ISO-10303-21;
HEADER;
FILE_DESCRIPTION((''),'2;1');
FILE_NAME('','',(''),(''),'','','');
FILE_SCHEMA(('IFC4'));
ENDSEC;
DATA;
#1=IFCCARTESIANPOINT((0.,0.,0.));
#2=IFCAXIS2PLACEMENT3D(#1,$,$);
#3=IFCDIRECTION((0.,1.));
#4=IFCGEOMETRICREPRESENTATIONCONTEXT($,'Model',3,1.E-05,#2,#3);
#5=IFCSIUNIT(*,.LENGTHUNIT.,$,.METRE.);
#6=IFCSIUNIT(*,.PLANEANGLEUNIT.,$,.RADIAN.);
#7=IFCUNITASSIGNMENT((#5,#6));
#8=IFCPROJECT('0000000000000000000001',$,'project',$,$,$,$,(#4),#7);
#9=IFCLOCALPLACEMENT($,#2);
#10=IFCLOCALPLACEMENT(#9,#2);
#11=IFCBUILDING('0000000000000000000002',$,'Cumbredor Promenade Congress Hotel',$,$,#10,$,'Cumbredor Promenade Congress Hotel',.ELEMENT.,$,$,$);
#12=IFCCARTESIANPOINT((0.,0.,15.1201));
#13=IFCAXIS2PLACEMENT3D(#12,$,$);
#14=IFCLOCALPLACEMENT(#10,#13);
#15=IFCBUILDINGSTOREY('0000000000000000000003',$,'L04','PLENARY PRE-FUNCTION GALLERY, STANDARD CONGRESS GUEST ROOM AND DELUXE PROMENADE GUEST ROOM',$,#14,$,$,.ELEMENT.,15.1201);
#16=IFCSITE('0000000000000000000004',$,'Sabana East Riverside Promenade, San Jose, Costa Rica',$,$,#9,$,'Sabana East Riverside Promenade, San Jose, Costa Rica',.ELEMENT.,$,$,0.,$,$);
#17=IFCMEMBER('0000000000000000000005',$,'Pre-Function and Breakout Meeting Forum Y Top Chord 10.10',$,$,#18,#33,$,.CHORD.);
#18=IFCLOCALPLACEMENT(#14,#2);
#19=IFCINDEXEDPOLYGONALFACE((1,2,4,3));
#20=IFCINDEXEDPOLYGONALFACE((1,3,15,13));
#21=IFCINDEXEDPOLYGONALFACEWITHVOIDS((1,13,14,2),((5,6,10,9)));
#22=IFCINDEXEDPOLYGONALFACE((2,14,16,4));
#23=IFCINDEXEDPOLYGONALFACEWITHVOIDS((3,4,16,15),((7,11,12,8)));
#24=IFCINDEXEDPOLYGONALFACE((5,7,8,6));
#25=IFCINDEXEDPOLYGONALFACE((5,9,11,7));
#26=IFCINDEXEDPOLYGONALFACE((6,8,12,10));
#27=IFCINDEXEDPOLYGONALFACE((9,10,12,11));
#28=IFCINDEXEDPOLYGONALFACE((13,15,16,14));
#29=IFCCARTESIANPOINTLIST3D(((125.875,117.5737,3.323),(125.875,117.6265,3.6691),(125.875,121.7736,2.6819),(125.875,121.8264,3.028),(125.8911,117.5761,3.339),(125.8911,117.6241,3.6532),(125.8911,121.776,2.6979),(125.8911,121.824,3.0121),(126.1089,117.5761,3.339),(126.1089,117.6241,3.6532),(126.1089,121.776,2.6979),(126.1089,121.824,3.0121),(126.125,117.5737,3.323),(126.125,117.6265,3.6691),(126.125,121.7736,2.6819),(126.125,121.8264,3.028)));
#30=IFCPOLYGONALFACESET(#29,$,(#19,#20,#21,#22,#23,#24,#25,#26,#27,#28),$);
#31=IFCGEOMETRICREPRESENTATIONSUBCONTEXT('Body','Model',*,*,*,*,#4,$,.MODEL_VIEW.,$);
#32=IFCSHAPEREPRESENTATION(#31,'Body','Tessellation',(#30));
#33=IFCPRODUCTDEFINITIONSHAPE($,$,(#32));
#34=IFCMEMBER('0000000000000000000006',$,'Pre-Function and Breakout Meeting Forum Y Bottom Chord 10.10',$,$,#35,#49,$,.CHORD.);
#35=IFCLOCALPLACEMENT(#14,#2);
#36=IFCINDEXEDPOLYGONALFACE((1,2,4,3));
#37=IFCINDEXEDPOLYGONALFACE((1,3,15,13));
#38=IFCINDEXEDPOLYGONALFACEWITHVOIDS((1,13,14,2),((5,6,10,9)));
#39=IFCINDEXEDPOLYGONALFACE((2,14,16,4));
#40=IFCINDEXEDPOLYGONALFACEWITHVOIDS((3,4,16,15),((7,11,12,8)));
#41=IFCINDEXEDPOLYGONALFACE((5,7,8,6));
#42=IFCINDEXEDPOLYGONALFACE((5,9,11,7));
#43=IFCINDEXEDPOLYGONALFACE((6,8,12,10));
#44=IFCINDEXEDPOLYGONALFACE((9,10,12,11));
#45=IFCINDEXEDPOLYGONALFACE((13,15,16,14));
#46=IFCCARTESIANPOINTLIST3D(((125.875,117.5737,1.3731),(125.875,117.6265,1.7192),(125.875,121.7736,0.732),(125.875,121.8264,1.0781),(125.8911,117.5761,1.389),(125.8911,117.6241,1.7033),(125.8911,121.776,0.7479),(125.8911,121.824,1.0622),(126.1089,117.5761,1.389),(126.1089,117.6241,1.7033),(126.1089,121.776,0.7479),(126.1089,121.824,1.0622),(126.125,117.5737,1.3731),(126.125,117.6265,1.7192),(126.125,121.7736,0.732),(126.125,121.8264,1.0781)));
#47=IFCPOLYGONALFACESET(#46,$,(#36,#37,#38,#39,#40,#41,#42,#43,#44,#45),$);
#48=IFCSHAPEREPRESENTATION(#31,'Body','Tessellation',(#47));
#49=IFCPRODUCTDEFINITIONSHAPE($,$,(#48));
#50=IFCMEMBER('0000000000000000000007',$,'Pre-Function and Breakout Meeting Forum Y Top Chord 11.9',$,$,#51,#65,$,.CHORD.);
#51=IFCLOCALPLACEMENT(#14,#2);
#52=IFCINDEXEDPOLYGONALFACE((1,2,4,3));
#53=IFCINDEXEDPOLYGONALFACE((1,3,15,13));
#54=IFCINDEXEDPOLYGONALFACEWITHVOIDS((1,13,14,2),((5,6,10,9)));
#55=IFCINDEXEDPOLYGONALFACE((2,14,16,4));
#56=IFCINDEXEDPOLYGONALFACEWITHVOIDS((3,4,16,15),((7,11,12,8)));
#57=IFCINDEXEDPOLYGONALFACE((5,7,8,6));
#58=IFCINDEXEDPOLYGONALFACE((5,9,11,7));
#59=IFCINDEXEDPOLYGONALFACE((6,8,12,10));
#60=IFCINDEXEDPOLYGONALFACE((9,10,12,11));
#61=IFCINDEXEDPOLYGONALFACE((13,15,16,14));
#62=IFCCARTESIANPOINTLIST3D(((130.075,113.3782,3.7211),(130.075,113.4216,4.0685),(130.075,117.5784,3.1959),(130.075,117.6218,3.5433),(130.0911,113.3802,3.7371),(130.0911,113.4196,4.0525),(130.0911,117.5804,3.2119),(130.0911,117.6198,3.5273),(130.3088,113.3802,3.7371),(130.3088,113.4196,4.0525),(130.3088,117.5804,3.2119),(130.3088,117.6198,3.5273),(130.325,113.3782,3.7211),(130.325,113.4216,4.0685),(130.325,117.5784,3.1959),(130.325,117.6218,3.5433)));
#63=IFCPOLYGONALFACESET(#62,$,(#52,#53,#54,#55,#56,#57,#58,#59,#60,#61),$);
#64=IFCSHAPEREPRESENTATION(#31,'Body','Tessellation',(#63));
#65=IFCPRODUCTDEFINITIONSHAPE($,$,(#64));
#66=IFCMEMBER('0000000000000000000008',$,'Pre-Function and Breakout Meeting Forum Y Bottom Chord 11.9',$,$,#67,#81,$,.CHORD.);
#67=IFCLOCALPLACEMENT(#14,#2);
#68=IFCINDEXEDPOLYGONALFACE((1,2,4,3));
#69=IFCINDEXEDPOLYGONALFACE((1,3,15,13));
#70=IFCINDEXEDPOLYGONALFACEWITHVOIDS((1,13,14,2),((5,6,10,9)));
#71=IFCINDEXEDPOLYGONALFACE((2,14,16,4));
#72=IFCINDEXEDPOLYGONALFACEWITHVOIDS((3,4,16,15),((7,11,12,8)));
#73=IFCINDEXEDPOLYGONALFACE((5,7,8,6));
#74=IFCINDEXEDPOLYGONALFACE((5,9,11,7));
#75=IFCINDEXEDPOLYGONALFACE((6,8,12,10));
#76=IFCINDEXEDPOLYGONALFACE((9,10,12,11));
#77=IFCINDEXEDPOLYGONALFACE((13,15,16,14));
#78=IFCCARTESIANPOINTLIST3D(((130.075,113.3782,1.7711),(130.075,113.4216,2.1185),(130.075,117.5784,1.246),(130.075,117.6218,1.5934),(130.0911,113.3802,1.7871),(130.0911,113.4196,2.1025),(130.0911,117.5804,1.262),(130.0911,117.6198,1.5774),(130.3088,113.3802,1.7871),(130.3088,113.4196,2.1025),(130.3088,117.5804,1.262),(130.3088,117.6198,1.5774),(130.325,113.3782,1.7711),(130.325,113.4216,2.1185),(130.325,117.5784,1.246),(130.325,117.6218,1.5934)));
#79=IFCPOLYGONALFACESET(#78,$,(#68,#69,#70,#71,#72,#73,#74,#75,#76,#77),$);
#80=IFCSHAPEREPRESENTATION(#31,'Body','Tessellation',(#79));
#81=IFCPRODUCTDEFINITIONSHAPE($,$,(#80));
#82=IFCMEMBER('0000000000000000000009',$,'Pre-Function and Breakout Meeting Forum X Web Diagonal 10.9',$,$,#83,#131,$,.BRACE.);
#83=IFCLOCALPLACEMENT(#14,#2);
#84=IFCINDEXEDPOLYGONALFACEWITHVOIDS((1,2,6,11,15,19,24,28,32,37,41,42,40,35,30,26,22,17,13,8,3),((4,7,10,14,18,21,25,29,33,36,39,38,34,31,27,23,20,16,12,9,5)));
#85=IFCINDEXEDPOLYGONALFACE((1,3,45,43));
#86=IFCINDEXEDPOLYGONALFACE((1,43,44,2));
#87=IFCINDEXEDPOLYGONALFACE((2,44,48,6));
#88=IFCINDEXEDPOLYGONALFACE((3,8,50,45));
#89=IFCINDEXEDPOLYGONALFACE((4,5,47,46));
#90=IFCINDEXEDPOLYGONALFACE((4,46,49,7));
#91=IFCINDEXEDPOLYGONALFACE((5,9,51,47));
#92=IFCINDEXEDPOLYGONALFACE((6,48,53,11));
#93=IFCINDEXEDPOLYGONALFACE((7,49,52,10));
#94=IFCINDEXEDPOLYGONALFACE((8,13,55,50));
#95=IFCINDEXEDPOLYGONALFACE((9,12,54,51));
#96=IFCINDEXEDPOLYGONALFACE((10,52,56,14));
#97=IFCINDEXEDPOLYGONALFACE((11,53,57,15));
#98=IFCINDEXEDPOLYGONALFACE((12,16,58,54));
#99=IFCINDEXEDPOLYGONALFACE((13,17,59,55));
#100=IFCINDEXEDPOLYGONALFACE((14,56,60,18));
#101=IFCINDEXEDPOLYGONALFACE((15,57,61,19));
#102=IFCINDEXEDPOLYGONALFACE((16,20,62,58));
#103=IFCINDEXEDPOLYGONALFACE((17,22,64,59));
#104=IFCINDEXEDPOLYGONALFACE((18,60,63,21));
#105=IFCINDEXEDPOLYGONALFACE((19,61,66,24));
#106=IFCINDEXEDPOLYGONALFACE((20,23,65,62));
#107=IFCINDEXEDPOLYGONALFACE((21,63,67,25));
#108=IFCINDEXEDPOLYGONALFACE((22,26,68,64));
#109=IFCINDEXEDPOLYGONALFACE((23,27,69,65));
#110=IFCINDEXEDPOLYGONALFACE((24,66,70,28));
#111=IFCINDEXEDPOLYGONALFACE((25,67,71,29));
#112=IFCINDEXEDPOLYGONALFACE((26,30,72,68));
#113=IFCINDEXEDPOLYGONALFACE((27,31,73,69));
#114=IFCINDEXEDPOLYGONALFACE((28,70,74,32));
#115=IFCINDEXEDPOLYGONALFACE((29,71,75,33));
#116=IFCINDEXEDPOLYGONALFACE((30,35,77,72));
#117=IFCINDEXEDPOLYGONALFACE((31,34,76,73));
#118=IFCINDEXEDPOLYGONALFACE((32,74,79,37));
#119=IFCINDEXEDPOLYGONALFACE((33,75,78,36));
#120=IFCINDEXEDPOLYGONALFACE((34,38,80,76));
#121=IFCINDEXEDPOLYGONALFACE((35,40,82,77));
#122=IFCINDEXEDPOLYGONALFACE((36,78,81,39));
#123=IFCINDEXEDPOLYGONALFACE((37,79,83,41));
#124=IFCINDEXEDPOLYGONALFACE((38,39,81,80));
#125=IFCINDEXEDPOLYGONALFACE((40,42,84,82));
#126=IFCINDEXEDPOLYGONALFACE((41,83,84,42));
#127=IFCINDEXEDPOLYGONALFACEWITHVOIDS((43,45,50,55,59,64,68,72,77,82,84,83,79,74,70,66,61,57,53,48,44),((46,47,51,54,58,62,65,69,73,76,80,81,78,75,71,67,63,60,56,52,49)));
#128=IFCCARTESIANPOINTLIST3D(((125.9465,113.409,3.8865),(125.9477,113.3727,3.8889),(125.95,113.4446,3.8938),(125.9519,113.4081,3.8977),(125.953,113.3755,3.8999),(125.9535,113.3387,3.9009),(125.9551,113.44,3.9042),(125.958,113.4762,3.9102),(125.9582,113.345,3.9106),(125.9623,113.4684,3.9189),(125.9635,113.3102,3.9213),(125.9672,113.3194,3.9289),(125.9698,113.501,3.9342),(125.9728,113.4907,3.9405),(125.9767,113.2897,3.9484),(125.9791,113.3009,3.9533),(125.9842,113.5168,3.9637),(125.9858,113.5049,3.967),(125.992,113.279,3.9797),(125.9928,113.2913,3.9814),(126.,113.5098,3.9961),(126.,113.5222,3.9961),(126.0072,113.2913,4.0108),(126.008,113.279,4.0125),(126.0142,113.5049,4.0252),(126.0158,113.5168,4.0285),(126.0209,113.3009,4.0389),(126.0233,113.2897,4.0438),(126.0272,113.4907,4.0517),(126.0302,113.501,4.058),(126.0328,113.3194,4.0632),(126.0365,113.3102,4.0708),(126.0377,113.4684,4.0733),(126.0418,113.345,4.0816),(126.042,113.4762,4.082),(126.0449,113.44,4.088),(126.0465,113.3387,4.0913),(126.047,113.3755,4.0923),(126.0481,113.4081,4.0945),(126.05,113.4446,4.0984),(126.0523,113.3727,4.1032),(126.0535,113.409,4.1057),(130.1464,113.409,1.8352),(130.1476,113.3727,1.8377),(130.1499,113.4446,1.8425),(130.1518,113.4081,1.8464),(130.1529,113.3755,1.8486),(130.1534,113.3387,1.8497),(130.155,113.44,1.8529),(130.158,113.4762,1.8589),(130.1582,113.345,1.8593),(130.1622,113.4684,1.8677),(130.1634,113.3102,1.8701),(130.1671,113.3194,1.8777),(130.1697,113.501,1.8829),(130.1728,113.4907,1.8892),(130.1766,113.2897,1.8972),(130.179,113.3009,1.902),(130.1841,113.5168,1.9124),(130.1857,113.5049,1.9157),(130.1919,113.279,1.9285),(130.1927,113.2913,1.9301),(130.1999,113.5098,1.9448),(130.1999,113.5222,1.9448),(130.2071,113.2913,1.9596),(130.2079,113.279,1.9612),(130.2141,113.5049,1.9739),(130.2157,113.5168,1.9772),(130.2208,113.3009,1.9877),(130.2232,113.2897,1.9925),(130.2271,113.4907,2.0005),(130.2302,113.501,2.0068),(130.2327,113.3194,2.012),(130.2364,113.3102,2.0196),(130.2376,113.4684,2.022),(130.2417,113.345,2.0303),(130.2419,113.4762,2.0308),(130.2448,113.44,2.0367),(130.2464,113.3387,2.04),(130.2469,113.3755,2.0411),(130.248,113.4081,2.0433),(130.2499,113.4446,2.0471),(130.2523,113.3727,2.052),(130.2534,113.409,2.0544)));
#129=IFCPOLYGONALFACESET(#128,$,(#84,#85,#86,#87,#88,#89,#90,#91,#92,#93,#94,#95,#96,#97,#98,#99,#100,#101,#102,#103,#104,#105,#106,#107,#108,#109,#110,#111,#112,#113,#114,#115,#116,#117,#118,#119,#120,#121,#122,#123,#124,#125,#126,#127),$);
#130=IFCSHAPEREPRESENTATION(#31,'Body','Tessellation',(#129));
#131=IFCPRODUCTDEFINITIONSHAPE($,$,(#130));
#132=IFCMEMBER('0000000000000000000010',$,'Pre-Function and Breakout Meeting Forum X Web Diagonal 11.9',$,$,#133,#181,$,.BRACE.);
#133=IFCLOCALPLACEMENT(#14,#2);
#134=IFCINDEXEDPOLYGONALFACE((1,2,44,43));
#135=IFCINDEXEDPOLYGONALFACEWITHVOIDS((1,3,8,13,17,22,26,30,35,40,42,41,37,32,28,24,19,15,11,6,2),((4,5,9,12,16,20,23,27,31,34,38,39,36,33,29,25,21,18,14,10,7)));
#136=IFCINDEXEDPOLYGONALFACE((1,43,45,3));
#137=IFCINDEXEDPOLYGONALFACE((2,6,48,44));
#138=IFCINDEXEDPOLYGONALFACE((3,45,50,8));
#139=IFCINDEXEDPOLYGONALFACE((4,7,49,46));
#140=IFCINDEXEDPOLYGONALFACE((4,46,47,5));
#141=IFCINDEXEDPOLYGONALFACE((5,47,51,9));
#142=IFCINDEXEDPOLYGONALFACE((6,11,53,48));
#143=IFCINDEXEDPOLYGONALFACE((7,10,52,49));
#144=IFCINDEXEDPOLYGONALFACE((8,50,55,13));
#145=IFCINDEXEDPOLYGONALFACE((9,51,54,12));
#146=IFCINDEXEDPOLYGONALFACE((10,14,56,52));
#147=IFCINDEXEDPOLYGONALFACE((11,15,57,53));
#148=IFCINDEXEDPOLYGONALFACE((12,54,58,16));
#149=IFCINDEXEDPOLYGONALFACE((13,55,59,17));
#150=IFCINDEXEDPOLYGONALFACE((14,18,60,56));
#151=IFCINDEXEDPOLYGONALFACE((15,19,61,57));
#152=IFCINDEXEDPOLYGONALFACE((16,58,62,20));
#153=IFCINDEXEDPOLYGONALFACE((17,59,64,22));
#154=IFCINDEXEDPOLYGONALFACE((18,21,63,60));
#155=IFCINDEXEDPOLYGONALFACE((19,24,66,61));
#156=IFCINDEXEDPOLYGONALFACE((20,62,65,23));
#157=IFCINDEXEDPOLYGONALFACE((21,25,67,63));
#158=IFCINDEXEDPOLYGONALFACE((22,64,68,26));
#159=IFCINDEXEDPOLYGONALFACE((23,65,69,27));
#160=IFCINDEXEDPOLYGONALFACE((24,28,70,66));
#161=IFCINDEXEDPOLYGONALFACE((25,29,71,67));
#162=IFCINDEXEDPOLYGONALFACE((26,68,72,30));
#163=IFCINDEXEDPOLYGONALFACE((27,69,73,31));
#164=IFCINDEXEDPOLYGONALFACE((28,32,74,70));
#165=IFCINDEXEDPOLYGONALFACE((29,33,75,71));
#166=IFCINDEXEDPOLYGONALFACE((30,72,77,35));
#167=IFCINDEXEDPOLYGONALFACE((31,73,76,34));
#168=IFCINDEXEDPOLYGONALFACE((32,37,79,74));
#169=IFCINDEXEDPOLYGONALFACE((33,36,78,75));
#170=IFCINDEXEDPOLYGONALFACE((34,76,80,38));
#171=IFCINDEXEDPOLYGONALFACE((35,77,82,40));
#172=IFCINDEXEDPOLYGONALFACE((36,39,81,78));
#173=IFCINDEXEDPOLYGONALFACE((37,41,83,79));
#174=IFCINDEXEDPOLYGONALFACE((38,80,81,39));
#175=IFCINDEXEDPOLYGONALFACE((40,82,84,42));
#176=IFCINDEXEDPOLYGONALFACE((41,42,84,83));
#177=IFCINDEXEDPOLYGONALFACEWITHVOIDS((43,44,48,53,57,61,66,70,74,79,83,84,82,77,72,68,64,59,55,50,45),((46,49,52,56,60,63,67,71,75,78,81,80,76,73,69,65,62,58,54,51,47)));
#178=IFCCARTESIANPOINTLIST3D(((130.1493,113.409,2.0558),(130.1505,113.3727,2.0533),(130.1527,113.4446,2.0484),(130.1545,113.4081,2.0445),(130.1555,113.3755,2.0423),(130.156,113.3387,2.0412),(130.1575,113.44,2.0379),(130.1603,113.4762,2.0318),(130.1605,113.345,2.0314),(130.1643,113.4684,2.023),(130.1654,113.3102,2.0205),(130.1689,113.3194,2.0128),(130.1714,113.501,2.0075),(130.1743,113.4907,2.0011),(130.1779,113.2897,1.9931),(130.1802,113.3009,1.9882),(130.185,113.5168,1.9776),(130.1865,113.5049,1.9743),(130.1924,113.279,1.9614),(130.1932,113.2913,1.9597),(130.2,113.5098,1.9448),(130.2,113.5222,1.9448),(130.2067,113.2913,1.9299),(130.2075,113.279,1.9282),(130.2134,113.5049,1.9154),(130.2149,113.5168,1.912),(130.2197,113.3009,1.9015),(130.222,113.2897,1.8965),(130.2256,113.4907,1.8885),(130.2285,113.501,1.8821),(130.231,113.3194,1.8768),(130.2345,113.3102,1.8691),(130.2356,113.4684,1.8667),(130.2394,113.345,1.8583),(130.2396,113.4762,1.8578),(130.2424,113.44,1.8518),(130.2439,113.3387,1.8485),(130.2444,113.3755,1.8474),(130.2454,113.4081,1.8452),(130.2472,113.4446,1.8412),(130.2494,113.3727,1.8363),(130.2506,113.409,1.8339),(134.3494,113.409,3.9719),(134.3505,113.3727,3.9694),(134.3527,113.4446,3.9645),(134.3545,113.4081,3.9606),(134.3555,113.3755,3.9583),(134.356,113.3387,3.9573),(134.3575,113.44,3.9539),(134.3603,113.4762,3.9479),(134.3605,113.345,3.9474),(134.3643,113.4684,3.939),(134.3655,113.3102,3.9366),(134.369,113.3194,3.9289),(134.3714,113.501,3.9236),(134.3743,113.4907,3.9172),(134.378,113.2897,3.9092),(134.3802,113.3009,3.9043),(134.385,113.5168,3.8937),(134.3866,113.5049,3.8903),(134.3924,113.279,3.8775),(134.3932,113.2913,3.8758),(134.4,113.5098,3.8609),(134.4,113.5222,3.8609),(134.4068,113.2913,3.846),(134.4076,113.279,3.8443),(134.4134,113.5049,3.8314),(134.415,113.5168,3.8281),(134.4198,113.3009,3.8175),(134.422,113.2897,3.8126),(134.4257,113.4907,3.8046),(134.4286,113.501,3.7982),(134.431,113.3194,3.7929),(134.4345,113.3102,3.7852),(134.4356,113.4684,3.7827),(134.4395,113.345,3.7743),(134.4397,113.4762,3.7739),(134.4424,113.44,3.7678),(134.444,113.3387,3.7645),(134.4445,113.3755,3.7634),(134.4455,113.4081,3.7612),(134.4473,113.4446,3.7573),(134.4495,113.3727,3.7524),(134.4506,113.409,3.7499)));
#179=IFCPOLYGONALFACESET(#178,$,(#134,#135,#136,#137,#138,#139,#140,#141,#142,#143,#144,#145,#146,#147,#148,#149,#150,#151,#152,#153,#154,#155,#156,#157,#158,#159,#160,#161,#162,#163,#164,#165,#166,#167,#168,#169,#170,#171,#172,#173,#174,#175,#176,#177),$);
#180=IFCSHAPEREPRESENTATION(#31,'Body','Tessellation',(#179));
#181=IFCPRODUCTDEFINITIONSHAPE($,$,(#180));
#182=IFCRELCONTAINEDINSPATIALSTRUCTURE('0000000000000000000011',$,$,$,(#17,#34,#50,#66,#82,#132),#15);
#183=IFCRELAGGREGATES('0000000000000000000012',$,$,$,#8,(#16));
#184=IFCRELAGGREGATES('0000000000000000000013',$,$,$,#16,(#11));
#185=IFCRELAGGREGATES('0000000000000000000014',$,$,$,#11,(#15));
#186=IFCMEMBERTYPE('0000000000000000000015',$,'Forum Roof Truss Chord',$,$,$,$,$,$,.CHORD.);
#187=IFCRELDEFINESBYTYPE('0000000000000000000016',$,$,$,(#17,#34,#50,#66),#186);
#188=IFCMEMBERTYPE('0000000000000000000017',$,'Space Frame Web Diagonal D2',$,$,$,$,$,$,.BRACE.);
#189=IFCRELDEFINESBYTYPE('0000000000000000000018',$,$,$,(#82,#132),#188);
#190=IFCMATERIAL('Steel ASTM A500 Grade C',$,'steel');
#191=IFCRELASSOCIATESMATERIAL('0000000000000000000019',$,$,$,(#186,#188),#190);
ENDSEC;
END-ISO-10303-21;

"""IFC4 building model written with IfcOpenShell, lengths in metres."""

from ifc_helpers import new_model, si_unit, direction, frame, origin, origin_2d, place, context, subcontext, project, spatial, hollow_rectangle, hollow_circle, extrude, material, material_profile, profile_set, type_object, element, save


model = new_model("IFC4")

# Units and contexts
model_context = context("Model", 3, precision=1e-05, world=origin(), true_north=direction((0.0, 1.0)))
body_context = subcontext(model_context, "Body", "Model", "MODEL_VIEW")
ifc_project = project(units=[si_unit("LENGTHUNIT", "METRE"), si_unit("PLANEANGLEUNIT", "RADIAN")], contexts=[model_context])

# Site, building, storey
site_placement = place(None, origin())
site = spatial("IfcSite", under=ifc_project, at=site_placement, Name="Sabana East Riverside Promenade, San Jose, Costa Rica", LongName="Sabana East Riverside Promenade, San Jose, Costa Rica", CompositionType="ELEMENT", RefElevation=0.0)
building_placement = place(site_placement, origin())
building = spatial("IfcBuilding", under=site, at=building_placement, Name="Cumbredor Promenade Congress Hotel", LongName="Cumbredor Promenade Congress Hotel", CompositionType="ELEMENT")
storey_placement = place(building_placement, frame((0.0, 0.0, 15.1201)))
storey = spatial("IfcBuildingStorey", under=building, at=storey_placement, Name="L04", Description="PLENARY PRE-FUNCTION GALLERY, STANDARD CONGRESS GUEST ROOM AND DELUXE PROMENADE GUEST ROOM", CompositionType="ELEMENT", Elevation=15.1201)

# Members
ifc_material_1 = material(Name="Steel ASTM A500 Grade C", Category="steel")
ifc_material_profile_1 = material_profile(ifc_material_1, hollow_rectangle(XDim=0.25, YDim=0.3501, WallThickness=0.0161, at=origin_2d()), Name="HSS 350x250x16")
ifc_profile_set_1 = profile_set([ifc_material_profile_1], Name="Steel ASTM A500 Grade C")
member_type_1 = type_object("IfcMemberType", Name="Forum Roof Truss Chord", PredefinedType="CHORD", material=ifc_profile_set_1)
for number, where, z_axis, x_axis, name in (
    (1, (126.0, 117.6001, 3.4961), (0.0, 0.988549, -0.1509), (-1.0, 0.0, 0.0), "Pre-Function and Breakout Meeting Forum Y Top Chord 10.10"),
    (2, (126.0, 117.6001, 1.5461), (0.0, 0.988549, -0.1509), (-1.0, 0.0, 0.0), "Pre-Function and Breakout Meeting Forum Y Bottom Chord 10.10"),
):
    element("IfcMember", number, at=place(storey_placement, frame(where, z_axis=z_axis, x_axis=x_axis)), inside=storey, type_object=member_type_1, Name=name, PredefinedType="CHORD", context=body_context, shape_type="SweptSolid", body=[
        extrude(hollow_rectangle(XDim=0.25, YDim=0.3501, WallThickness=0.0161, at=origin_2d()), origin(), (0.0, 0.0, 1.0), 4.2485),
    ])
for number, where, z_axis, x_axis, name in (
    (3, (130.2, 113.3999, 3.8948), (0.0, 0.992274, -0.124063), (-1.0, 0.0, 0.0), "Pre-Function and Breakout Meeting Forum Y Top Chord 11.9"),
    (4, (130.2, 113.3999, 1.9448), (0.0, 0.992274, -0.124063), (-1.0, 0.0, 0.0), "Pre-Function and Breakout Meeting Forum Y Bottom Chord 11.9"),
):
    element("IfcMember", number, at=place(storey_placement, frame(where, z_axis=z_axis, x_axis=x_axis)), inside=storey, type_object=member_type_1, Name=name, PredefinedType="CHORD", context=body_context, shape_type="SweptSolid", body=[
        extrude(hollow_rectangle(XDim=0.25, YDim=0.3501, WallThickness=0.0161, at=origin_2d()), origin(), (0.0, 0.0, 1.0), 4.2329),
    ])
ifc_material_profile_2 = material_profile(ifc_material_1, hollow_circle(Radius=0.1223, WallThickness=0.0125, at=origin_2d()), Name="CHS 244.5x12.5")
ifc_profile_set_2 = profile_set([ifc_material_profile_2], Name="Steel ASTM A500 Grade C")
member_type_2 = type_object("IfcMemberType", Name="Space Frame Web Diagonal D2", PredefinedType="BRACE", material=ifc_profile_set_2)
member_1_placement = place(storey_placement, frame((126.0, 113.3999, 3.9961), z_axis=(0.898556, 0.0, -0.438858), x_axis=(0.0, 1.0, 0.0)))
element("IfcMember", 5, at=member_1_placement, inside=storey, type_object=member_type_2, Name="Pre-Function and Breakout Meeting Forum X Web Diagonal 10.9", PredefinedType="BRACE", context=body_context, shape_type="SweptSolid", body=[
    extrude(hollow_circle(Radius=0.1223, WallThickness=0.0125, at=origin_2d()), origin(), (0.0, 0.0, 1.0), 4.6741),
])
member_2_placement = place(storey_placement, frame((130.2, 113.3999, 1.9448), z_axis=(0.909799, 0.0, 0.41505), x_axis=(0.0, 1.0, 0.0)))
element("IfcMember", 6, at=member_2_placement, inside=storey, type_object=member_type_2, Name="Pre-Function and Breakout Meeting Forum X Web Diagonal 11.9", PredefinedType="BRACE", context=body_context, shape_type="SweptSolid", body=[
    extrude(hollow_circle(Radius=0.1223, WallThickness=0.0125, at=origin_2d()), origin(), (0.0, 0.0, 1.0), 4.6165),
])

save(model, "model.ifc")
